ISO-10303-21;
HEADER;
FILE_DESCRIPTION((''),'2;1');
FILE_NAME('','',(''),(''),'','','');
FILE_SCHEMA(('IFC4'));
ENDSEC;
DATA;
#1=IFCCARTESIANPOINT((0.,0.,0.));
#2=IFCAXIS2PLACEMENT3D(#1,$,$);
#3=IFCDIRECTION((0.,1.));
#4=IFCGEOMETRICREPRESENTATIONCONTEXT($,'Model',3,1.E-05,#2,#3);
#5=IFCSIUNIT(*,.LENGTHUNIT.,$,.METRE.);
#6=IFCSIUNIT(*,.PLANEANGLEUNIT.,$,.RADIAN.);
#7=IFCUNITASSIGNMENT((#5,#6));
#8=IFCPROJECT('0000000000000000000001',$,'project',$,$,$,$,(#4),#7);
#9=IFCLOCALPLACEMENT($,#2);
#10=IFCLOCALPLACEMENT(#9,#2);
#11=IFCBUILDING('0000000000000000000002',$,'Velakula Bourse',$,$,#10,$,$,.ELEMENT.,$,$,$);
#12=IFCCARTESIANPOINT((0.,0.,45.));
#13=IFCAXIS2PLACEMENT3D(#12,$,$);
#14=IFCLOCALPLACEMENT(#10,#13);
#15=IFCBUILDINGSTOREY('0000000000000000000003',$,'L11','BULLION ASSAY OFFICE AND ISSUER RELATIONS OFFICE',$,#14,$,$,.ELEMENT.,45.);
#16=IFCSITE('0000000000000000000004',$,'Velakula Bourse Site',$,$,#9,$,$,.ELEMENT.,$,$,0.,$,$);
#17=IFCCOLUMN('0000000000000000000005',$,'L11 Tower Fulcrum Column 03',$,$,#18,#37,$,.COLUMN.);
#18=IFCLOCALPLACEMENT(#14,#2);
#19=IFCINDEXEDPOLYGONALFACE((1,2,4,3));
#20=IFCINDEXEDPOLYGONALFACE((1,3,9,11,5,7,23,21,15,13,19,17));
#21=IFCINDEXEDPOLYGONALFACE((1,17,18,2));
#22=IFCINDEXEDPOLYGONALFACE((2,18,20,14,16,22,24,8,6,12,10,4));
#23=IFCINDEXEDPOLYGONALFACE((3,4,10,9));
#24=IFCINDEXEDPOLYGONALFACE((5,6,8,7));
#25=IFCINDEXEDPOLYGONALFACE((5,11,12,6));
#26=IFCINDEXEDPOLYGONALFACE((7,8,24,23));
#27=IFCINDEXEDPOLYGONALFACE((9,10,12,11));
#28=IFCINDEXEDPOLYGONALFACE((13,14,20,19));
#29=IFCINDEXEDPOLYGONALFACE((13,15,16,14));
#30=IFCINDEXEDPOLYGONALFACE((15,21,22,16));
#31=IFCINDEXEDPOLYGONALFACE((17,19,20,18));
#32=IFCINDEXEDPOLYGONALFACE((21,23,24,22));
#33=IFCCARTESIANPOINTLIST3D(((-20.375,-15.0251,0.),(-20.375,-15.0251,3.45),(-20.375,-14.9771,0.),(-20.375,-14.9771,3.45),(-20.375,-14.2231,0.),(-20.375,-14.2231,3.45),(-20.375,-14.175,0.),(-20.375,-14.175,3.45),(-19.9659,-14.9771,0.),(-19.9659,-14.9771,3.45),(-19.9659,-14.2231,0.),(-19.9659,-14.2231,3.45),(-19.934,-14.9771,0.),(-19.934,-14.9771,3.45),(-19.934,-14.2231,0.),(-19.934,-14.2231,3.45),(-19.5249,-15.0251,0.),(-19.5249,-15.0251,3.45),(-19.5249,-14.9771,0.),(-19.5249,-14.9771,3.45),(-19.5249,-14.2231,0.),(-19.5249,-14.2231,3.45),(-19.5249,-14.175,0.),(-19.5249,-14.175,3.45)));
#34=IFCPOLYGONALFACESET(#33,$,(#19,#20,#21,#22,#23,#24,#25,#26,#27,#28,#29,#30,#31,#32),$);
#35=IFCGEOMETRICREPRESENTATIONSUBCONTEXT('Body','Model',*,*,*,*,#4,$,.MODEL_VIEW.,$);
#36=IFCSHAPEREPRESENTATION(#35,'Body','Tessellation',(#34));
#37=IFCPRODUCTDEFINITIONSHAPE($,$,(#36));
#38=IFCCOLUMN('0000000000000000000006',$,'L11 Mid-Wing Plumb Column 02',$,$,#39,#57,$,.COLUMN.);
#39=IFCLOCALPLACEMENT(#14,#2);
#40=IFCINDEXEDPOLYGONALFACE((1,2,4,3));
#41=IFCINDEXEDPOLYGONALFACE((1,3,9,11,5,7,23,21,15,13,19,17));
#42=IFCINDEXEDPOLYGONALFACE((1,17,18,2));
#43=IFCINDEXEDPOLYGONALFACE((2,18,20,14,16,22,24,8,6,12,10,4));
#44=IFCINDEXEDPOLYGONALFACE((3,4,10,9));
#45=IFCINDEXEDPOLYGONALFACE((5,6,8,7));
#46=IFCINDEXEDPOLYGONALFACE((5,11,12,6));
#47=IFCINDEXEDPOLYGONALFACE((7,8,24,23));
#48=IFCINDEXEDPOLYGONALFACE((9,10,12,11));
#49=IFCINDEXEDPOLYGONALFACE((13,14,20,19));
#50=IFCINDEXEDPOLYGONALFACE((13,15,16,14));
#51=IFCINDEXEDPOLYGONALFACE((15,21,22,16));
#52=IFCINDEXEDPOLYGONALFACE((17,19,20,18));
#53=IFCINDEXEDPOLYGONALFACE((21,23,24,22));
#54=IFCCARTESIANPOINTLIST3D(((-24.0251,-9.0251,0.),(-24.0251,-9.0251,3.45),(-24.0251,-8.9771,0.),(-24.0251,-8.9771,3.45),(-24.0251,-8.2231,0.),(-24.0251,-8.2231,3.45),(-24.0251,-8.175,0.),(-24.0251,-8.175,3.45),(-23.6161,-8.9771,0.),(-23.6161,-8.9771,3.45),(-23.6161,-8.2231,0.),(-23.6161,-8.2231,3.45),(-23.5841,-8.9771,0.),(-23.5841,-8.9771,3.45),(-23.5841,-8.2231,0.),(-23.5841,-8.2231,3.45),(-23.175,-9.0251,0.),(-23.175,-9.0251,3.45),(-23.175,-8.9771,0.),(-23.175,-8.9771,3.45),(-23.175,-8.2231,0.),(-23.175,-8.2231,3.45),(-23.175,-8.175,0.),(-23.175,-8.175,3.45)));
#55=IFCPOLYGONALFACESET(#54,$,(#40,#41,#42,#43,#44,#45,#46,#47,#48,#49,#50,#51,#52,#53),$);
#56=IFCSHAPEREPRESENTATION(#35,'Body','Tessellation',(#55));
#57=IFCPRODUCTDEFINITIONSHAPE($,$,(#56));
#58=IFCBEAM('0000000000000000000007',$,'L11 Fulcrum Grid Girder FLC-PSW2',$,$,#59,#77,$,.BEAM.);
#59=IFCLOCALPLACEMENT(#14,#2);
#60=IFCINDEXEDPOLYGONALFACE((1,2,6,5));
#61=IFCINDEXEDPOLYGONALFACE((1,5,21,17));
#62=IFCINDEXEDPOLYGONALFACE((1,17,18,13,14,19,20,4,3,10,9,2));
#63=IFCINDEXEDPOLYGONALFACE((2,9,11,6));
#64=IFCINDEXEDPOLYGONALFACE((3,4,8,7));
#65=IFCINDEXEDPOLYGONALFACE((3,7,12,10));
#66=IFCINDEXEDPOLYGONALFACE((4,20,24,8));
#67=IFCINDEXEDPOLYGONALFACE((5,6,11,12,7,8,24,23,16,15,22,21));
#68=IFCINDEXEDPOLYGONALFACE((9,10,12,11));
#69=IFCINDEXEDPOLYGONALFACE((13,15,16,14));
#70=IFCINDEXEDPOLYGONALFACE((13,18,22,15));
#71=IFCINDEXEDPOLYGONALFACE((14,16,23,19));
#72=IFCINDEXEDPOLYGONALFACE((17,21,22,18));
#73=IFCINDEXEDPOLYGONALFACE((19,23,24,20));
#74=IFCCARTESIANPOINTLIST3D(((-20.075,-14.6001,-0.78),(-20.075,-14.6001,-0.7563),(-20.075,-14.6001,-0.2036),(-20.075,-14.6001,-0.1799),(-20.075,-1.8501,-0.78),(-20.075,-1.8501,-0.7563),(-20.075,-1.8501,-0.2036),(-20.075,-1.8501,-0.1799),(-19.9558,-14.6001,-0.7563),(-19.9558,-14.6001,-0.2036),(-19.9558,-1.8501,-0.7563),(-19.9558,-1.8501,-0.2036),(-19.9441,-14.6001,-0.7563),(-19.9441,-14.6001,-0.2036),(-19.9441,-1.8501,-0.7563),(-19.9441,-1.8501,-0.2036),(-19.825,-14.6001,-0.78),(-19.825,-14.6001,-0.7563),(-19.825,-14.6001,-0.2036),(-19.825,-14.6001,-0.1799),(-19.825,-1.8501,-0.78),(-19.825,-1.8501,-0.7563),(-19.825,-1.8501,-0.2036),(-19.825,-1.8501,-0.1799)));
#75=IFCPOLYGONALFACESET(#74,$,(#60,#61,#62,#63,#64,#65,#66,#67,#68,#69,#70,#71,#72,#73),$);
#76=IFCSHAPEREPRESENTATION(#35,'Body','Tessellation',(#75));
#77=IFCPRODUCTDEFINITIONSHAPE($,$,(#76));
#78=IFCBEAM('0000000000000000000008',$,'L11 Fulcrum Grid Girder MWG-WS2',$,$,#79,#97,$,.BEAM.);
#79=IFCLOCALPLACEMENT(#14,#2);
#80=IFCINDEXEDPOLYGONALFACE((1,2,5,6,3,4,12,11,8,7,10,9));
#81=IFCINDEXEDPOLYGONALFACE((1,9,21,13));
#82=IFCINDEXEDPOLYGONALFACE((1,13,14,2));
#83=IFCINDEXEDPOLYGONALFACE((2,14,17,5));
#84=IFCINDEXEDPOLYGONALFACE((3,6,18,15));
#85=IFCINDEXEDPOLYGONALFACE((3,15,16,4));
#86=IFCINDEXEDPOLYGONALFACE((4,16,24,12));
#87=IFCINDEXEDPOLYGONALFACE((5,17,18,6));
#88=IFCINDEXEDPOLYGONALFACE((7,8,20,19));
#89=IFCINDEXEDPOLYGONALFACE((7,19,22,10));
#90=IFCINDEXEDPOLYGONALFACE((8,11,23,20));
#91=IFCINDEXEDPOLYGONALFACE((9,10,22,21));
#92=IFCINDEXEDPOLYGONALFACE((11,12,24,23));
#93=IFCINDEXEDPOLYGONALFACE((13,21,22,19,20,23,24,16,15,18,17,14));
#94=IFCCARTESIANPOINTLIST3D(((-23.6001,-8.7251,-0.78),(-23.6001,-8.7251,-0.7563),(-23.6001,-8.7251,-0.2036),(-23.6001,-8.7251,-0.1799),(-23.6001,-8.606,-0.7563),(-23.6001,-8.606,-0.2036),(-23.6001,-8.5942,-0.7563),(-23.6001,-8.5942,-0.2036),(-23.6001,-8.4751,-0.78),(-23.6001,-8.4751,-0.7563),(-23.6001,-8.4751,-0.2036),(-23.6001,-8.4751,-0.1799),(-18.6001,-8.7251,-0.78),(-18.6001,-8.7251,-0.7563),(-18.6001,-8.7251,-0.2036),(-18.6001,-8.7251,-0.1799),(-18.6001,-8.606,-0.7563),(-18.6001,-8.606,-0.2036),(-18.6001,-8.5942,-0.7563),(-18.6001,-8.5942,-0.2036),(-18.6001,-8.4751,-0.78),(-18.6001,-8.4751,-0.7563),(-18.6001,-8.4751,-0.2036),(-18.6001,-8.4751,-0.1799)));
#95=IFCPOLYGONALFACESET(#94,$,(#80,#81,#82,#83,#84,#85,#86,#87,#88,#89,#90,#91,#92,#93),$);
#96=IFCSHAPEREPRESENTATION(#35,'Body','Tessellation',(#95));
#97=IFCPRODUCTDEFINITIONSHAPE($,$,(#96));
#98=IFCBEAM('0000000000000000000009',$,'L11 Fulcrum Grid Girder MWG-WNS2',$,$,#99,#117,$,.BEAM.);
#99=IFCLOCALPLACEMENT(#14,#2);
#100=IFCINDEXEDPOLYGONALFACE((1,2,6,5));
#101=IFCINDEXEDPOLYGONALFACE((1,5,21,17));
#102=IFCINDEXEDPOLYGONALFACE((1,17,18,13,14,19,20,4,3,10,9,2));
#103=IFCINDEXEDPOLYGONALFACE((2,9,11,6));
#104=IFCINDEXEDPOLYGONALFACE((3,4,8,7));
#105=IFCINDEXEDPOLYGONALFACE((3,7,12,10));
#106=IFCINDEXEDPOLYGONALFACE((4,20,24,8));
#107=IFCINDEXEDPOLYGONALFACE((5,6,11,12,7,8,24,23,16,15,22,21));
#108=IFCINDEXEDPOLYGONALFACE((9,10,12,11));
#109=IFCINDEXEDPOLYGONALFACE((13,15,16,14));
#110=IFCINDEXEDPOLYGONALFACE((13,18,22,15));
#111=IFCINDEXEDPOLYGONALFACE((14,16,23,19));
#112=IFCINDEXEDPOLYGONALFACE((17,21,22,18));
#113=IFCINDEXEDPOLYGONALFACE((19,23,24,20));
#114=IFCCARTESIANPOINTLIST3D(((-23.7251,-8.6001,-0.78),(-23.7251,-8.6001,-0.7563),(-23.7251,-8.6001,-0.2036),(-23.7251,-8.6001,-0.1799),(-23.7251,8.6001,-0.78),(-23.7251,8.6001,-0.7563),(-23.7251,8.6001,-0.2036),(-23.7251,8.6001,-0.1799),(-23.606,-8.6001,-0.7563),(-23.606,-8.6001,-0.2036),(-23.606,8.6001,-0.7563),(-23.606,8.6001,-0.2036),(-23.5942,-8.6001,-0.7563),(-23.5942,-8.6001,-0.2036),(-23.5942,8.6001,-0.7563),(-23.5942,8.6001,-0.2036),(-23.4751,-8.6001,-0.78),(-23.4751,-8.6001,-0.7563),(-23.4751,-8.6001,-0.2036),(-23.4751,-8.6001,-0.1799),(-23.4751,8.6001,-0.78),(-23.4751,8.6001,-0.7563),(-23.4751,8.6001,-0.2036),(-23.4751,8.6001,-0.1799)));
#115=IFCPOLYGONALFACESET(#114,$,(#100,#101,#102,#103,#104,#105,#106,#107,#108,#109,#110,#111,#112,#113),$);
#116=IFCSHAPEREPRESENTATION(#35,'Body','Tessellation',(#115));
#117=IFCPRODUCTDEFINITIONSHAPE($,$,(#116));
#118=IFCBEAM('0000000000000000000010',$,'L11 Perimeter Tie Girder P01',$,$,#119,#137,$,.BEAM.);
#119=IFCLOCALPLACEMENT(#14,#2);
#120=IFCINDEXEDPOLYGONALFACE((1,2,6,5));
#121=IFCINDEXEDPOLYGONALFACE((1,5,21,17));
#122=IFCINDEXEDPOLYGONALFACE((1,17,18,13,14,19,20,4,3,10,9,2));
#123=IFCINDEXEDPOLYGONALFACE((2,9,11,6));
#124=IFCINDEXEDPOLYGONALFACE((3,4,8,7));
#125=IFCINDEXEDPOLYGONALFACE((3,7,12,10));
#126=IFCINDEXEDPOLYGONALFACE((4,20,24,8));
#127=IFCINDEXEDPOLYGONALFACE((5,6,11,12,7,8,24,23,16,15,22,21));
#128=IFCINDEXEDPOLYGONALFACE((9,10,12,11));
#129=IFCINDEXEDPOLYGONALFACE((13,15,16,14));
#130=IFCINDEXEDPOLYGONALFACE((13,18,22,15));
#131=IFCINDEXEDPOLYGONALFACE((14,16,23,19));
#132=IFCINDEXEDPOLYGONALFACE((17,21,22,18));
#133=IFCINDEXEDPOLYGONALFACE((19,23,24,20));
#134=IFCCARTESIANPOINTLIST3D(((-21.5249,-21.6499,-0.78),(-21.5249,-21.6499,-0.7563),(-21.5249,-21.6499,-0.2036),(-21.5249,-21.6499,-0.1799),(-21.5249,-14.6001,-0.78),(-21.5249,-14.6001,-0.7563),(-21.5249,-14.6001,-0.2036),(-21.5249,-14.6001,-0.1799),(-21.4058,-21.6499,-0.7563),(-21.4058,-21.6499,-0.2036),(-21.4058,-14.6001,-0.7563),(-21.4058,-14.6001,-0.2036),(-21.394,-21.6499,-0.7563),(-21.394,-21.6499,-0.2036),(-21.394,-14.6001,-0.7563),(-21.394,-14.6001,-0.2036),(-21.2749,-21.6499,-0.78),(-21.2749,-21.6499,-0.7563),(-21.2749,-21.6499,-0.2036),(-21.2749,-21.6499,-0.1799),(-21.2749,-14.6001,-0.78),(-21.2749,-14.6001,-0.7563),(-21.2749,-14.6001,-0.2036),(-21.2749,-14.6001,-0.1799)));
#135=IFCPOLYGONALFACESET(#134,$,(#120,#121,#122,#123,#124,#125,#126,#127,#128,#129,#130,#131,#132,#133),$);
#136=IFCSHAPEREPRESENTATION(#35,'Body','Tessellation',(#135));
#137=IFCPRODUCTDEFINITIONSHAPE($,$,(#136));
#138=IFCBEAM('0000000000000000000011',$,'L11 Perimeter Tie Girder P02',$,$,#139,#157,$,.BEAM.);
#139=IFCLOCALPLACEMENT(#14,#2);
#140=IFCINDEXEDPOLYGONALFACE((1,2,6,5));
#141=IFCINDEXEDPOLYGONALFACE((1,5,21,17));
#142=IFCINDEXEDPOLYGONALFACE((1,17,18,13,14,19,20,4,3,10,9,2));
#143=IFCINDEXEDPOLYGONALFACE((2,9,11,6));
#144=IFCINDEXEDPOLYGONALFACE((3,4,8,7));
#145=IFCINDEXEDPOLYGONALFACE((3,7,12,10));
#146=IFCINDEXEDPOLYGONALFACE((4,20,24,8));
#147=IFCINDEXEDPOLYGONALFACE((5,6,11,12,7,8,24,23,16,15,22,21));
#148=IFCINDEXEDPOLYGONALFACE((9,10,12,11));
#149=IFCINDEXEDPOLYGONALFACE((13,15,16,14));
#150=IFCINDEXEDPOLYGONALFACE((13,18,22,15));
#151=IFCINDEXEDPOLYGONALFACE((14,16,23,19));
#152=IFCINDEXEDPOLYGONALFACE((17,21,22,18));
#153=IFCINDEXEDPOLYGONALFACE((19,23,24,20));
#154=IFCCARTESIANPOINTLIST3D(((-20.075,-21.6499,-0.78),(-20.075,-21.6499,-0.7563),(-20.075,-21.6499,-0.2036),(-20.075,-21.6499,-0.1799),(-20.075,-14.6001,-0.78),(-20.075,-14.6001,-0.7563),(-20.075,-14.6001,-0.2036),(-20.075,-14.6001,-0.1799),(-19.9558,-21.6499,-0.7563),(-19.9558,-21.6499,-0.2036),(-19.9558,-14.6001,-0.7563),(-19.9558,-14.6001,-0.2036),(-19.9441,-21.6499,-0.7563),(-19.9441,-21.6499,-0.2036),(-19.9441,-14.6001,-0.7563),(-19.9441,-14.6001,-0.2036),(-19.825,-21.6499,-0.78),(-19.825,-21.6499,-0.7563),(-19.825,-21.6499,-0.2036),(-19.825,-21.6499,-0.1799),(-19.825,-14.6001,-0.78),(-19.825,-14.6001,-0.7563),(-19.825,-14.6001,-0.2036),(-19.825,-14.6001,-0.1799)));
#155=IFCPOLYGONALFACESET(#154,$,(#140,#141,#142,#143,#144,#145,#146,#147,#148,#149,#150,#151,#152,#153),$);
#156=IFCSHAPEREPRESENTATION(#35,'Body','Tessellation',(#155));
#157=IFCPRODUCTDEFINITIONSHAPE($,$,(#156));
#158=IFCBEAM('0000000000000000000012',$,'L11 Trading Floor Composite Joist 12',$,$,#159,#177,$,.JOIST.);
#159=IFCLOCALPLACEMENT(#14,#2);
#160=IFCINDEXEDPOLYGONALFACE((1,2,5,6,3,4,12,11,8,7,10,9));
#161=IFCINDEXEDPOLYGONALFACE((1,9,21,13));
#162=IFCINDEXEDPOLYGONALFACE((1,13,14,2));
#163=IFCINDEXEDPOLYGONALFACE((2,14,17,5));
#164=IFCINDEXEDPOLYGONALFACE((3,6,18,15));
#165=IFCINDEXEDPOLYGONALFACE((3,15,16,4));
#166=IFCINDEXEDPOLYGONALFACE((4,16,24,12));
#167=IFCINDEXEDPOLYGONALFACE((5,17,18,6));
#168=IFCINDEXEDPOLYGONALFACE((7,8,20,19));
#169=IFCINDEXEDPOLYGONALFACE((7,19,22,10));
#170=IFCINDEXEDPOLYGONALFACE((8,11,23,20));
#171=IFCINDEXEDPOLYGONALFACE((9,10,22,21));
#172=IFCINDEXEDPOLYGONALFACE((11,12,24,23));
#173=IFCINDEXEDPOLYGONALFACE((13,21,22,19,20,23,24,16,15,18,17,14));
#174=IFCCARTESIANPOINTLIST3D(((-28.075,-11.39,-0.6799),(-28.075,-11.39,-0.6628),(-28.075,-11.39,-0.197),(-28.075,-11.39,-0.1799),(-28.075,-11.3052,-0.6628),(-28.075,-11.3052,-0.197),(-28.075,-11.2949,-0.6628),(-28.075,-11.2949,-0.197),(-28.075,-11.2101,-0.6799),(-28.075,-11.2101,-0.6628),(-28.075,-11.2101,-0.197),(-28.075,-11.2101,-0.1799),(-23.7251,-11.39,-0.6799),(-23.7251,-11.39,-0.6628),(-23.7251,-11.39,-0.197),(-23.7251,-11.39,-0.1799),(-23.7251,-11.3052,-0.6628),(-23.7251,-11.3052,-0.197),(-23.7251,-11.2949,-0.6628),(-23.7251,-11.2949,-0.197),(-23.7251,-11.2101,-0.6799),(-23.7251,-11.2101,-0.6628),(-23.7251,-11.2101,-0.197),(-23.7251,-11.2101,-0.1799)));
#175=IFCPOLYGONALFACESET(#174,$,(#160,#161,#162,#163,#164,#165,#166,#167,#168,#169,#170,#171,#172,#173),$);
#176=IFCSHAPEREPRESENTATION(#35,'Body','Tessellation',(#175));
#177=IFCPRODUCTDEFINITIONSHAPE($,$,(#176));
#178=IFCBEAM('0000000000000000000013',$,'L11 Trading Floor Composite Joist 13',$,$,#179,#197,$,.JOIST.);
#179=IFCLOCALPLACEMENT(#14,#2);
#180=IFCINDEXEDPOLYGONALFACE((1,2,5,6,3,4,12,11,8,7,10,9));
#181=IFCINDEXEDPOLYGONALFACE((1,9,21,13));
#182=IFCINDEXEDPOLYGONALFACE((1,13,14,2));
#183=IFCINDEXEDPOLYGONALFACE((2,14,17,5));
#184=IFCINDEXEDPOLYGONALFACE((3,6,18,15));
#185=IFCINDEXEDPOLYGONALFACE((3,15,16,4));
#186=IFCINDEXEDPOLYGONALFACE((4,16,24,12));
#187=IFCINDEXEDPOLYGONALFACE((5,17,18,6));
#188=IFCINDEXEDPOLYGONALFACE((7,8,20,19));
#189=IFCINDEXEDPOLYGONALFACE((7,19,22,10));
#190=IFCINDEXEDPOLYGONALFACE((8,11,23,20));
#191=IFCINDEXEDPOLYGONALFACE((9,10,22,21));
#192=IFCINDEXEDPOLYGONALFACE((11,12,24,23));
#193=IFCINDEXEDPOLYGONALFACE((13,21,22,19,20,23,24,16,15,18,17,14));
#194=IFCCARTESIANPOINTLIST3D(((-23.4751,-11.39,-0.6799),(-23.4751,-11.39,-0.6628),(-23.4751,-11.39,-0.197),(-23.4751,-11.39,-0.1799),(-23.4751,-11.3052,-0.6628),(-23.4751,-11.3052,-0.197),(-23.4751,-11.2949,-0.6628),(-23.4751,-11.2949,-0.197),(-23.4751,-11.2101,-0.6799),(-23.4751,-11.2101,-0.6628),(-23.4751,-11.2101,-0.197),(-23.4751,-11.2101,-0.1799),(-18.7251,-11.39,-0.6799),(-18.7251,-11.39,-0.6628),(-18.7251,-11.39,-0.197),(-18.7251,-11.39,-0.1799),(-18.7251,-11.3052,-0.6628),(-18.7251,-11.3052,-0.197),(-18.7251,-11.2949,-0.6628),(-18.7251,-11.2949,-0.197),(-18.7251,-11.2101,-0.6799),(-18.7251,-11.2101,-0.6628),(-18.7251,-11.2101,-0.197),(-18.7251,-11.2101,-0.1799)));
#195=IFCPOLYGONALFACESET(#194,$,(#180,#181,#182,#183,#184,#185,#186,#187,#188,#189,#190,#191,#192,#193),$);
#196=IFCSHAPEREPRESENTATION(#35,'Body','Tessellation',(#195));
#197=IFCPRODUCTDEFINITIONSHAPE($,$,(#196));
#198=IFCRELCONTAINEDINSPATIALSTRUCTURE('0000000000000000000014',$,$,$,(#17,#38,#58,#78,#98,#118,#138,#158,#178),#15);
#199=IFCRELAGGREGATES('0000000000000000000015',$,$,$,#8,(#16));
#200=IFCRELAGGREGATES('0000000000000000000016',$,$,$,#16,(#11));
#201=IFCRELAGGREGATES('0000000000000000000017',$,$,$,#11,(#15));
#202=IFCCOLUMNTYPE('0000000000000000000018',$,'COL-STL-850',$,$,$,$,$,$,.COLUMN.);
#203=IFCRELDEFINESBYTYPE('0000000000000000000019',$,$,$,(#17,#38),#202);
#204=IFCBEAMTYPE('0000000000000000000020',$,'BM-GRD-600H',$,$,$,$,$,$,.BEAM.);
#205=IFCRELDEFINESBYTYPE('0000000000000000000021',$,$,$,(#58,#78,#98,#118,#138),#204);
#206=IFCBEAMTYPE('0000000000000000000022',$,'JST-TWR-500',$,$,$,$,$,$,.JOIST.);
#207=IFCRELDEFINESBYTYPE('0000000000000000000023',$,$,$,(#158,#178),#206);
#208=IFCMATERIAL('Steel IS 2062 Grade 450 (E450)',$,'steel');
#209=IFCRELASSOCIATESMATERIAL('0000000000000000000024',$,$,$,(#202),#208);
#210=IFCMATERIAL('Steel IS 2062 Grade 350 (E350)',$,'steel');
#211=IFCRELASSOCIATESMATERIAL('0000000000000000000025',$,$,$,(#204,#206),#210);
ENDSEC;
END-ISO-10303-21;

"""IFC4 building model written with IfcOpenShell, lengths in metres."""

from ifc_helpers import new_model, si_unit, direction, frame, origin, origin_2d, place, context, subcontext, project, spatial, i_section, extrude, material, material_profile, profile_set, type_object, element, save


model = new_model("IFC4")

# Units and contexts
model_context = context("Model", 3, precision=1e-05, world=origin(), true_north=direction((0.0, 1.0)))
body_context = subcontext(model_context, "Body", "Model", "MODEL_VIEW")
ifc_project = project(units=[si_unit("LENGTHUNIT", "METRE"), si_unit("PLANEANGLEUNIT", "RADIAN")], contexts=[model_context])

# Site, building, storey
site_placement = place(None, origin())
site = spatial("IfcSite", under=ifc_project, at=site_placement, Name="Velakula Bourse Site", CompositionType="ELEMENT", RefElevation=0.0)
building_placement = place(site_placement, origin())
building = spatial("IfcBuilding", under=site, at=building_placement, Name="Velakula Bourse", CompositionType="ELEMENT")
storey_placement = place(building_placement, frame((0.0, 0.0, 45.0)))
storey = spatial("IfcBuildingStorey", under=building, at=storey_placement, Name="L11", Description="BULLION ASSAY OFFICE AND ISSUER RELATIONS OFFICE", CompositionType="ELEMENT", Elevation=45.0)

# Columns
ifc_material_1 = material(Name="Steel IS 2062 Grade 450 (E450)", Category="steel")
ifc_material_profile_1 = material_profile(ifc_material_1, i_section(OverallWidth=0.8501, OverallDepth=0.8501, WebThickness=0.032, FlangeThickness=0.0481, at=origin_2d()), Name="Steel IS 2062 Grade 450 (E450)")
ifc_profile_set_1 = profile_set([ifc_material_profile_1], Name="Steel IS 2062 Grade 450 (E450)")
column_type = type_object("IfcColumnType", Name="COL-STL-850", PredefinedType="COLUMN", material=ifc_profile_set_1)
for number, where, z_axis, x_axis, name in (
    (1, (-19.95, -14.6001, 0.0), (0.0, 0.0, 1.0), (1.0, 0.0, 0.0), "L11 Tower Fulcrum Column 03"),
    (2, (-23.6001, -8.6001, 0.0), (0.0, 0.0, 1.0), (1.0, 0.0, 0.0), "L11 Mid-Wing Plumb Column 02"),
):
    element("IfcColumn", number, at=place(storey_placement, frame(where, z_axis=z_axis, x_axis=x_axis)), inside=storey, type_object=column_type, Name=name, PredefinedType="COLUMN", context=body_context, shape_type="SweptSolid", body=[
        extrude(i_section(OverallWidth=0.8501, OverallDepth=0.8501, WebThickness=0.032, FlangeThickness=0.0481, at=origin_2d()), origin(), (0.0, 0.0, 1.0), 3.45),
    ])

# Beams
ifc_material_2 = material(Name="Steel IS 2062 Grade 350 (E350)", Category="steel")
ifc_material_profile_2 = material_profile(ifc_material_2, i_section(OverallWidth=0.25, OverallDepth=0.6001, WebThickness=0.0117, FlangeThickness=0.0237, at=origin_2d()), Name="Steel IS 2062 Grade 350 (E350)")
ifc_profile_set_2 = profile_set([ifc_material_profile_2], Name="Steel IS 2062 Grade 350 (E350)")
beam_type_1 = type_object("IfcBeamType", Name="BM-GRD-600H", PredefinedType="BEAM", material=ifc_profile_set_2)
beam_1_placement = place(storey_placement, frame((-19.95, -14.6001, -0.48), z_axis=(0.0, 1.0, 0.0), x_axis=(-1.0, 0.0, 0.0)))
element("IfcBeam", 3, at=beam_1_placement, inside=storey, type_object=beam_type_1, Name="L11 Fulcrum Grid Girder FLC-PSW2", PredefinedType="BEAM", context=body_context, shape_type="SweptSolid", body=[
    extrude(i_section(OverallWidth=0.25, OverallDepth=0.6001, WebThickness=0.0117, FlangeThickness=0.0237, at=origin_2d()), origin(), (0.0, 0.0, 1.0), 12.75),
])
beam_2_placement = place(storey_placement, frame((-23.6001, -8.6001, -0.48), z_axis=(1.0, 0.0, 0.0), x_axis=(0.0, 1.0, 0.0)))
element("IfcBeam", 4, at=beam_2_placement, inside=storey, type_object=beam_type_1, Name="L11 Fulcrum Grid Girder MWG-WS2", PredefinedType="BEAM", context=body_context, shape_type="SweptSolid", body=[
    extrude(i_section(OverallWidth=0.25, OverallDepth=0.6001, WebThickness=0.0117, FlangeThickness=0.0237, at=origin_2d()), origin(), (0.0, 0.0, 1.0), 5.0),
])
beam_3_placement = place(storey_placement, frame((-23.6001, -8.6001, -0.48), z_axis=(0.0, 1.0, 0.0), x_axis=(-1.0, 0.0, 0.0)))
element("IfcBeam", 5, at=beam_3_placement, inside=storey, type_object=beam_type_1, Name="L11 Fulcrum Grid Girder MWG-WNS2", PredefinedType="BEAM", context=body_context, shape_type="SweptSolid", body=[
    extrude(i_section(OverallWidth=0.25, OverallDepth=0.6001, WebThickness=0.0117, FlangeThickness=0.0237, at=origin_2d()), origin(), (0.0, 0.0, 1.0), 17.2002),
])
for number, where, z_axis, x_axis, name in (
    (6, (-21.3999, -14.6001, -0.48), (0.0, -1.0, 0.0), (1.0, 0.0, 0.0), "L11 Perimeter Tie Girder P01"),
    (7, (-19.95, -14.6001, -0.48), (0.0, -1.0, 0.0), (1.0, 0.0, 0.0), "L11 Perimeter Tie Girder P02"),
):
    element("IfcBeam", number, at=place(storey_placement, frame(where, z_axis=z_axis, x_axis=x_axis)), inside=storey, type_object=beam_type_1, Name=name, PredefinedType="BEAM", context=body_context, shape_type="SweptSolid", body=[
        extrude(i_section(OverallWidth=0.25, OverallDepth=0.6001, WebThickness=0.0117, FlangeThickness=0.0237, at=origin_2d()), origin(), (0.0, 0.0, 1.0), 7.0498),
    ])
ifc_material_profile_3 = material_profile(ifc_material_2, i_section(OverallWidth=0.1799, OverallDepth=0.5, WebThickness=0.0103, FlangeThickness=0.0171, at=origin_2d()), Name="Steel IS 2062 Grade 350 (E350)")
ifc_profile_set_3 = profile_set([ifc_material_profile_3], Name="Steel IS 2062 Grade 350 (E350)")
beam_type_2 = type_object("IfcBeamType", Name="JST-TWR-500", PredefinedType="JOIST", material=ifc_profile_set_3)
beam_4_placement = place(storey_placement, frame((-28.075, -11.3, -0.4299), z_axis=(1.0, 0.0, 0.0), x_axis=(0.0, 1.0, 0.0)))
element("IfcBeam", 8, at=beam_4_placement, inside=storey, type_object=beam_type_2, Name="L11 Trading Floor Composite Joist 12", PredefinedType="JOIST", context=body_context, shape_type="SweptSolid", body=[
    extrude(i_section(OverallWidth=0.1799, OverallDepth=0.5, WebThickness=0.0103, FlangeThickness=0.0171, at=origin_2d()), origin(), (0.0, 0.0, 1.0), 4.3499),
])
beam_5_placement = place(storey_placement, frame((-23.4751, -11.3, -0.4299), z_axis=(1.0, 0.0, 0.0), x_axis=(0.0, 1.0, 0.0)))
element("IfcBeam", 9, at=beam_5_placement, inside=storey, type_object=beam_type_2, Name="L11 Trading Floor Composite Joist 13", PredefinedType="JOIST", context=body_context, shape_type="SweptSolid", body=[
    extrude(i_section(OverallWidth=0.1799, OverallDepth=0.5, WebThickness=0.0103, FlangeThickness=0.0171, at=origin_2d()), origin(), (0.0, 0.0, 1.0), 4.75),
])

save(model, "model.ifc")
